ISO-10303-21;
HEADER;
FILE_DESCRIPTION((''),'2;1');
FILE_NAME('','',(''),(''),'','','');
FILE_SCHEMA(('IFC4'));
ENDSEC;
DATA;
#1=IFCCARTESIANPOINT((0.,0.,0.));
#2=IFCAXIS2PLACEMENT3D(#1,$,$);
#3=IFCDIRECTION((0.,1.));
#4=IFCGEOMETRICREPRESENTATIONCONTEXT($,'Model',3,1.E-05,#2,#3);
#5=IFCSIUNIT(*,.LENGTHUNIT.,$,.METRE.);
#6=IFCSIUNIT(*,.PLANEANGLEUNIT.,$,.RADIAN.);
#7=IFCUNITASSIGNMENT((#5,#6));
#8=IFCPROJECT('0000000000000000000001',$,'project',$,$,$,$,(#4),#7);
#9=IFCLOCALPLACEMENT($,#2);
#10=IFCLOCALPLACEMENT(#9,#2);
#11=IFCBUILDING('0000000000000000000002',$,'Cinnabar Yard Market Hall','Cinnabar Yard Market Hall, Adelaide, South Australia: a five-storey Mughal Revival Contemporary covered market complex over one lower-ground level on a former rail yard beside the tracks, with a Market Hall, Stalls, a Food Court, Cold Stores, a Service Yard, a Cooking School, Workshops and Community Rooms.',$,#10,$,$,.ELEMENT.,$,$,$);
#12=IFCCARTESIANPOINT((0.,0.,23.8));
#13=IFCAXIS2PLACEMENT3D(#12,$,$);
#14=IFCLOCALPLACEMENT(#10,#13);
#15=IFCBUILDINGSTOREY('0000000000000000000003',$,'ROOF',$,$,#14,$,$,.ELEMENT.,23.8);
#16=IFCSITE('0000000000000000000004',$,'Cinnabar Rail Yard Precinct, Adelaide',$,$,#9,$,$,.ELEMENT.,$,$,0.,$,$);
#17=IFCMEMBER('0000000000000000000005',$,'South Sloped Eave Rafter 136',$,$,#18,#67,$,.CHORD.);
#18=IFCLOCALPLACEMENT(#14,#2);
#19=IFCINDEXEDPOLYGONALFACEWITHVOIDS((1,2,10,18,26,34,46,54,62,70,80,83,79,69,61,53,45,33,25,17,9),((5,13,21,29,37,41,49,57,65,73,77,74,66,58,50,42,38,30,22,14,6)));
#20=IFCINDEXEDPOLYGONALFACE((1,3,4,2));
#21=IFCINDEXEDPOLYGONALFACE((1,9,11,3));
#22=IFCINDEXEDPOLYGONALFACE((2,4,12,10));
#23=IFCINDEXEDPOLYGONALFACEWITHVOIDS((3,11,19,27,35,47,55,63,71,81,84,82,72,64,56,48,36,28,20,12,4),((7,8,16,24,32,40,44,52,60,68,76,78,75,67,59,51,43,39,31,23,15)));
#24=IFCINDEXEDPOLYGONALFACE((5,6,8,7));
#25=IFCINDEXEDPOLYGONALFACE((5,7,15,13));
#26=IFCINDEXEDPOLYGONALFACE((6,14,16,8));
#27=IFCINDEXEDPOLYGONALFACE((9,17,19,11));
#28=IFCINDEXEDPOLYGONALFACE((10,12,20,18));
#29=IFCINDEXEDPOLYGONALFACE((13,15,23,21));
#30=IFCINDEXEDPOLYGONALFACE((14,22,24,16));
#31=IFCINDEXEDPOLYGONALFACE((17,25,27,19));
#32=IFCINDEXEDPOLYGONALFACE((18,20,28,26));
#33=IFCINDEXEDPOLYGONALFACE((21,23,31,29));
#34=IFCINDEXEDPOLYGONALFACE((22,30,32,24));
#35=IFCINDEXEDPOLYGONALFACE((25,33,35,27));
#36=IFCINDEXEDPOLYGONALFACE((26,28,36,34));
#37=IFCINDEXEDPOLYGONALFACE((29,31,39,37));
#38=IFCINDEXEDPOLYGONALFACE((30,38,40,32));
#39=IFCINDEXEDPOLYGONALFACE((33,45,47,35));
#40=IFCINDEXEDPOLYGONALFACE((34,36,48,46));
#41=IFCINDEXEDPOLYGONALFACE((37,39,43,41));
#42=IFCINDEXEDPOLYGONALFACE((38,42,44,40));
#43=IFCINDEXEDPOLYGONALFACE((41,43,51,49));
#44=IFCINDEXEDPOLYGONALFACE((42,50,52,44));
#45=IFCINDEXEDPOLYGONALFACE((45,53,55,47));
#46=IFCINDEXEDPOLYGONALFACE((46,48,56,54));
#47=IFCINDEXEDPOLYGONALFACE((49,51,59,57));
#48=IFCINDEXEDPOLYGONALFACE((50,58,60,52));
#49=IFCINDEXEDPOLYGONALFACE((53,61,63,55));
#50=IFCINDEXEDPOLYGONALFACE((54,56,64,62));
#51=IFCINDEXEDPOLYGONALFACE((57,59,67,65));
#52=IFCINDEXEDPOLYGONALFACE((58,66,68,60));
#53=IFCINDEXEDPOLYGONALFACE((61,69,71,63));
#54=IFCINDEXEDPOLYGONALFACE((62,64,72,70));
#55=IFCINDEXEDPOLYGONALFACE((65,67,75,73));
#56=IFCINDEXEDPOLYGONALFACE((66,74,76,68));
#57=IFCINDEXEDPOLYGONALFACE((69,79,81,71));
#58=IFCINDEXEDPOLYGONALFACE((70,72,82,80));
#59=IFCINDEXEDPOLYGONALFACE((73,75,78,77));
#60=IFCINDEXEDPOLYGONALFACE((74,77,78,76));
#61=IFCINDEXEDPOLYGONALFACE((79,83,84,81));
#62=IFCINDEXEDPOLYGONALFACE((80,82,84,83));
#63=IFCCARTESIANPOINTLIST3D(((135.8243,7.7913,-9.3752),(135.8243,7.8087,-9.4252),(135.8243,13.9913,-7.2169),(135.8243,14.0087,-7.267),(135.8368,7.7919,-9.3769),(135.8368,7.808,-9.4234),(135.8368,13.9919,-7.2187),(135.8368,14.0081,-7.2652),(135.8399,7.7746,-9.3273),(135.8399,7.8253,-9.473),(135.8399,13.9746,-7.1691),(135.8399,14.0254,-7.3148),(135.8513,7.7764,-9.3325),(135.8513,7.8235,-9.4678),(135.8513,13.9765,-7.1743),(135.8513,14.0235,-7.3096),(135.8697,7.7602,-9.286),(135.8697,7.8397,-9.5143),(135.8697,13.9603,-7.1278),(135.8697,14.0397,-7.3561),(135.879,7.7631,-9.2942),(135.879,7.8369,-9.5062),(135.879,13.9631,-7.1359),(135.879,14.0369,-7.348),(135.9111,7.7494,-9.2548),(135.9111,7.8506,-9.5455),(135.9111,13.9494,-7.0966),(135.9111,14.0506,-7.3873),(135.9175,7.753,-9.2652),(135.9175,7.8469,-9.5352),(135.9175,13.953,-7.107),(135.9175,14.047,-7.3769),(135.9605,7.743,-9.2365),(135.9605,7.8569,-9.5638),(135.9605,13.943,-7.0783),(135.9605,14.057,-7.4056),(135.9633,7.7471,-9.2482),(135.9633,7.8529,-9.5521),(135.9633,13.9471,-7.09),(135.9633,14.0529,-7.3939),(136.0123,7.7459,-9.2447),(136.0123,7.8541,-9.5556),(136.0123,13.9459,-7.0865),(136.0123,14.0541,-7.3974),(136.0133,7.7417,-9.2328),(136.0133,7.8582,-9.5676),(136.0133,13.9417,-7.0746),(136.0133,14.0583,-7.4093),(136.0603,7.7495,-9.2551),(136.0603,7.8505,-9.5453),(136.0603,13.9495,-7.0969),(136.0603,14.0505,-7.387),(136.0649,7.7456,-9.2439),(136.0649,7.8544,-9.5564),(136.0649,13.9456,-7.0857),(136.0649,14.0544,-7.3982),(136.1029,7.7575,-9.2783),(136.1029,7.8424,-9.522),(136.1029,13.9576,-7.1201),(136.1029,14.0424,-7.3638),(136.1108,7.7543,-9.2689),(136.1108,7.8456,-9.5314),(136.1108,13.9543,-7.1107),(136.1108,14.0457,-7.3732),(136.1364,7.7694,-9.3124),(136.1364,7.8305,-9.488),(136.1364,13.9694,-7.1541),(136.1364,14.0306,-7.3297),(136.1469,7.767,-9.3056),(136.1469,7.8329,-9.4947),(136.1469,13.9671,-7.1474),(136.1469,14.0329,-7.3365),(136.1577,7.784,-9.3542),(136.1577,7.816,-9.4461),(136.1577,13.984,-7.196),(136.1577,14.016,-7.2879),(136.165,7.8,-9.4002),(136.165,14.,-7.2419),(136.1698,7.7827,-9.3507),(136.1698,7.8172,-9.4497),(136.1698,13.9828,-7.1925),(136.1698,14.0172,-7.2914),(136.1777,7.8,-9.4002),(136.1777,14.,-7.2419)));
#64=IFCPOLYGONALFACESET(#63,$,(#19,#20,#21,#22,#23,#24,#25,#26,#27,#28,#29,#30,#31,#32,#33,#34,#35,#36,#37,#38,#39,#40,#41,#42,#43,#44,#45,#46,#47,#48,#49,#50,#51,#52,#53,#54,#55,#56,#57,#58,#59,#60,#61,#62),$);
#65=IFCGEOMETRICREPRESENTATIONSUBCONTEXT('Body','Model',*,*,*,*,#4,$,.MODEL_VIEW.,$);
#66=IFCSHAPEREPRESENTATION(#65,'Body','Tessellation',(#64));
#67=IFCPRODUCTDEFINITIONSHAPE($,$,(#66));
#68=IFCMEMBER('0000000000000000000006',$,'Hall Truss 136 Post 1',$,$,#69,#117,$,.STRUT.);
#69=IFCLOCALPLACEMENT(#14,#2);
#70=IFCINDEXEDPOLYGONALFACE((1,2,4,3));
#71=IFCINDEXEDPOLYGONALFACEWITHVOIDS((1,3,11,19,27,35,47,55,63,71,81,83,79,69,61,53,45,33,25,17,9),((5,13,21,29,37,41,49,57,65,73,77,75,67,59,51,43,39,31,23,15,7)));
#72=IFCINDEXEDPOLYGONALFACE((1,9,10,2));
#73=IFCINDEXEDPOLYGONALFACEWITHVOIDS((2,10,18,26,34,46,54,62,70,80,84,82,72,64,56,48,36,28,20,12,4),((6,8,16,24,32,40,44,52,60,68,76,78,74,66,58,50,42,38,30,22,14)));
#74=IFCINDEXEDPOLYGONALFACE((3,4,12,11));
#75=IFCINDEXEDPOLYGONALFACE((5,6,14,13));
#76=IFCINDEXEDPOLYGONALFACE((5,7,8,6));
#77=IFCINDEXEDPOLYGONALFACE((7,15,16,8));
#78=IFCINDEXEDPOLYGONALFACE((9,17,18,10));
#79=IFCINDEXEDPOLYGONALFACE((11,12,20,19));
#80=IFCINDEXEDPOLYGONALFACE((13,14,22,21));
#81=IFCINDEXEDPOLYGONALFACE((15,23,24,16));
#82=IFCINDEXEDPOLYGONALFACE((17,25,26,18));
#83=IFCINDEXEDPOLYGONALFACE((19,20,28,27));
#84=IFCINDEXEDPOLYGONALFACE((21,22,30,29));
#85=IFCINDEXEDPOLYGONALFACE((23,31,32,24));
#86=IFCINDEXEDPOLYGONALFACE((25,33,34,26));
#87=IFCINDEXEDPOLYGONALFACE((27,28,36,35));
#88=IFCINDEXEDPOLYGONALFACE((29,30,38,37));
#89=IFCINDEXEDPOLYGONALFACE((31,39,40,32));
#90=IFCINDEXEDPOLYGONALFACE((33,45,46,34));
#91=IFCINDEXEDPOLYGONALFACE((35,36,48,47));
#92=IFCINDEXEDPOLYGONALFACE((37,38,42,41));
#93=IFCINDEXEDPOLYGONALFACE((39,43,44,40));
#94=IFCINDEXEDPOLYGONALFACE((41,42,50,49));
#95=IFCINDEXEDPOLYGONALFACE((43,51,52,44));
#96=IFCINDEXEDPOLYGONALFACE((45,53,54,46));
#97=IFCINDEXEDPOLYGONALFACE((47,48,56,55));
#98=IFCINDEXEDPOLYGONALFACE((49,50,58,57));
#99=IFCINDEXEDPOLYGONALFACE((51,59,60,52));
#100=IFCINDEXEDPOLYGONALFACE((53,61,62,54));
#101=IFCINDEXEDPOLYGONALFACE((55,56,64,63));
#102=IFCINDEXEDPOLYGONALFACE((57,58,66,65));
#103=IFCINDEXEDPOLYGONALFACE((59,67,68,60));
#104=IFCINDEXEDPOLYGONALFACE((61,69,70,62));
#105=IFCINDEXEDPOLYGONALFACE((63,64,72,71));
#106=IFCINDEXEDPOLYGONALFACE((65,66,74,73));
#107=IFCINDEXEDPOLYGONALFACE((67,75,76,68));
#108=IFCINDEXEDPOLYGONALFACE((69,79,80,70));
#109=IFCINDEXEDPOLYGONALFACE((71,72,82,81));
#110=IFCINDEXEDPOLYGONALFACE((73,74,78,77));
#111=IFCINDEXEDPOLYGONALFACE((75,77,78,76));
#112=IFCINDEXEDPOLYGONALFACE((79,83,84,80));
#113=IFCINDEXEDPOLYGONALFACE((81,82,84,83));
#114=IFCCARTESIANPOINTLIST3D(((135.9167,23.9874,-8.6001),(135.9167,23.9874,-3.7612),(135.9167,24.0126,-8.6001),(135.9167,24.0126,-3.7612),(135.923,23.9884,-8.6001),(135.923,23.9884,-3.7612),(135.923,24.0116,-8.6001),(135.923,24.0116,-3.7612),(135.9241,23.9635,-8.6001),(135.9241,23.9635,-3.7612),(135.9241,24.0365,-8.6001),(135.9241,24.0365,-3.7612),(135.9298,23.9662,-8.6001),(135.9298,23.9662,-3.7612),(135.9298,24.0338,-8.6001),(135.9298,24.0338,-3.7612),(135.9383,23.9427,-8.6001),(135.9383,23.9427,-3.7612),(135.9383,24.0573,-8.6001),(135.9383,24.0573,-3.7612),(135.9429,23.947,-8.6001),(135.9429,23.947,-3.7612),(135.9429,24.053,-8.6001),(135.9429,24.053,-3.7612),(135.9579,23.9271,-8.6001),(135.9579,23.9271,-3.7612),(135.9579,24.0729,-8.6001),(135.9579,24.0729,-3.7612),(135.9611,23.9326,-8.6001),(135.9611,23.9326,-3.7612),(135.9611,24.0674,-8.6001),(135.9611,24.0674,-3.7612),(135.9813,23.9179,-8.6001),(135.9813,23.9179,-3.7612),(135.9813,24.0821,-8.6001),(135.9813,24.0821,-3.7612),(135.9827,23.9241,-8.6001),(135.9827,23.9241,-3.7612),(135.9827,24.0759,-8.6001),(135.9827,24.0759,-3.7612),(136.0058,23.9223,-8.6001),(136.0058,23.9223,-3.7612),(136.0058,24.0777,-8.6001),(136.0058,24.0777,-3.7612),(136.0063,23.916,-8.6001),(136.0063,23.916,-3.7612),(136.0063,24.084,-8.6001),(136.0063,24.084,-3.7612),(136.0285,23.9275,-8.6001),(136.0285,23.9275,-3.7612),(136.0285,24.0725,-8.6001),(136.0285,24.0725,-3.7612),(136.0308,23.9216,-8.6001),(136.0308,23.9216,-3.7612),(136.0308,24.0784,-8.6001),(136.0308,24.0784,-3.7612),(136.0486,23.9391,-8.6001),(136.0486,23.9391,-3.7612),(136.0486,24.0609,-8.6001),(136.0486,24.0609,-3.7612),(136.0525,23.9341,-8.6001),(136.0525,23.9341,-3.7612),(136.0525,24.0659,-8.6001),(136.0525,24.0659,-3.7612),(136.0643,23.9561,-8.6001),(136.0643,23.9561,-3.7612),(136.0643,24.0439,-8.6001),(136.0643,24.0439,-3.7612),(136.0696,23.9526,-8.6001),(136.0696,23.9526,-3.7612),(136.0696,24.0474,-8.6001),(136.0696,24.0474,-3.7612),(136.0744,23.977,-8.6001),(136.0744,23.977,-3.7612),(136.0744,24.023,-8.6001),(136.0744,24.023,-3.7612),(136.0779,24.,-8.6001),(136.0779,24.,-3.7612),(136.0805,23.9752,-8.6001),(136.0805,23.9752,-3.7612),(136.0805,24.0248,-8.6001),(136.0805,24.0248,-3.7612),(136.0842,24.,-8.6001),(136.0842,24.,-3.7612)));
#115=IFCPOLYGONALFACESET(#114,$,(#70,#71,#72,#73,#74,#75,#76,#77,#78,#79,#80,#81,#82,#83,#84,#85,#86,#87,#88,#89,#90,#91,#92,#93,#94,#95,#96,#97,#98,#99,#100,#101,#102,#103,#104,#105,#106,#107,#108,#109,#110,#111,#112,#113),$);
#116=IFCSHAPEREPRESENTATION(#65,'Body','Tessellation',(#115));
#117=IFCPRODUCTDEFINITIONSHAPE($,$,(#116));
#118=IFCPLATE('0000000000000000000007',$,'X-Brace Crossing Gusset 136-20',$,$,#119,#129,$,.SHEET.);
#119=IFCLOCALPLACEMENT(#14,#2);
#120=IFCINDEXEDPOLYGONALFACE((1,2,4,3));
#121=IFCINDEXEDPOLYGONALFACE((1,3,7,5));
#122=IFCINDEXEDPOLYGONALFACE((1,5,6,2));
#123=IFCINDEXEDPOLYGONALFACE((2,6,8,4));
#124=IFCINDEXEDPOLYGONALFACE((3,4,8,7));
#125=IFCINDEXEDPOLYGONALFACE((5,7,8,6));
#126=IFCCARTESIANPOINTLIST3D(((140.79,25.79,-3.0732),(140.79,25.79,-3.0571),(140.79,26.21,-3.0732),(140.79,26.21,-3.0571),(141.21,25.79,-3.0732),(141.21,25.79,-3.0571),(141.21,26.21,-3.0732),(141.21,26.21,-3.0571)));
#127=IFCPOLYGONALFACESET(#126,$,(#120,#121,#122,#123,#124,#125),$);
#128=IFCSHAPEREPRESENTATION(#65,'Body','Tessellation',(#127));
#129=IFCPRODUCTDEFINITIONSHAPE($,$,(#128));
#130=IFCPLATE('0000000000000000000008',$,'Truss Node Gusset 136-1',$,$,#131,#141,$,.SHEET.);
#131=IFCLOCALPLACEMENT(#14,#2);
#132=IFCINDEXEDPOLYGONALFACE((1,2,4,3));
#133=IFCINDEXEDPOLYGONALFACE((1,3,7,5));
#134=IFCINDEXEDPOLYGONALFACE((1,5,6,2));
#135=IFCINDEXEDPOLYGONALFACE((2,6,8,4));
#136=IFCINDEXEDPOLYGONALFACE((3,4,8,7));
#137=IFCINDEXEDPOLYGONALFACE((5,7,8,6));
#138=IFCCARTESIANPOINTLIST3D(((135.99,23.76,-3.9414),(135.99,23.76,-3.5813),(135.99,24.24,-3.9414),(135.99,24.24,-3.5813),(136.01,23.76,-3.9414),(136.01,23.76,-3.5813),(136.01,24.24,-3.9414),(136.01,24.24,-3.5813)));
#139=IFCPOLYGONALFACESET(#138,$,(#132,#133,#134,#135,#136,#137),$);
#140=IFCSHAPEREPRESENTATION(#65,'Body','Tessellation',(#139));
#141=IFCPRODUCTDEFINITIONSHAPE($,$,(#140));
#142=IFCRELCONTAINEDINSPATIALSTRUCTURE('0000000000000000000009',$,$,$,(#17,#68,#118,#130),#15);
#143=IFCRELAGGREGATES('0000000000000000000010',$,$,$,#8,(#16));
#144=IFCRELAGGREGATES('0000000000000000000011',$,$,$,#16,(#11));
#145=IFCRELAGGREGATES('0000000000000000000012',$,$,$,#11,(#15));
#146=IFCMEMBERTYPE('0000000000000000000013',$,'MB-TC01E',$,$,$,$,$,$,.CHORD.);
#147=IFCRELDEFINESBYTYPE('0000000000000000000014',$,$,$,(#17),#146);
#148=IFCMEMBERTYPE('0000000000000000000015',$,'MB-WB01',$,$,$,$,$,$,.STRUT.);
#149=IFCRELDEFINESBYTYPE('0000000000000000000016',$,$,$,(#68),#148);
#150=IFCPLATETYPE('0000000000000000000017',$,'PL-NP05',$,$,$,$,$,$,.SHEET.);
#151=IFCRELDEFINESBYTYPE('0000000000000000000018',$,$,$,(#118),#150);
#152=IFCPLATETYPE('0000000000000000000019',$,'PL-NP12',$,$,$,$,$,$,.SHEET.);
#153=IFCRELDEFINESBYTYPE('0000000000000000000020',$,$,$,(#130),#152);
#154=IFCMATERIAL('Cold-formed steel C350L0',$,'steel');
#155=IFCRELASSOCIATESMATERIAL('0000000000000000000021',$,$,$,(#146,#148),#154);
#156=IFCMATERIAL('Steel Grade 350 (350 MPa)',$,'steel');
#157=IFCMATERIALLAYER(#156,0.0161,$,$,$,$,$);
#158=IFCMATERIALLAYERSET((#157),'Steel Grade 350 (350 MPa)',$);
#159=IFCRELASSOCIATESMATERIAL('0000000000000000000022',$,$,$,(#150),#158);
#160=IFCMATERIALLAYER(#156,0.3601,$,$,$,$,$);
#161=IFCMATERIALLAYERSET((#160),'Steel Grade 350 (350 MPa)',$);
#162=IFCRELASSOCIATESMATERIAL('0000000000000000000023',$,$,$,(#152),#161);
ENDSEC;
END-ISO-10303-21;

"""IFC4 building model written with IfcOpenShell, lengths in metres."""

from ifc_helpers import new_model, si_unit, direction, frame, origin, origin_2d_with_axis, place, context, subcontext, project, spatial, rectangle, hollow_circle, extrude, material, layer, layer_set, material_profile, profile_set, type_object, element, save


model = new_model("IFC4")

# Units and contexts
model_context = context("Model", 3, precision=1e-05, world=origin(), true_north=direction((0.0, 1.0)))
body_context = subcontext(model_context, "Body", "Model", "MODEL_VIEW")
ifc_project = project(units=[si_unit("LENGTHUNIT", "METRE"), si_unit("PLANEANGLEUNIT", "RADIAN")], contexts=[model_context])

# Site, building, storey
site_placement = place(None, origin())
site = spatial("IfcSite", under=ifc_project, at=site_placement, Name="Cinnabar Rail Yard Precinct, Adelaide", CompositionType="ELEMENT", RefElevation=0.0)
building_placement = place(site_placement, origin())
building = spatial("IfcBuilding", under=site, at=building_placement, Name="Cinnabar Yard Market Hall", Description="Cinnabar Yard Market Hall, Adelaide, South Australia: a five-storey Mughal Revival Contemporary covered market complex over one lower-ground level on a former rail yard beside the tracks, with a Market Hall, Stalls, a Food Court, Cold Stores, a Service Yard, a Cooking School, Workshops and Community Rooms.", CompositionType="ELEMENT")
storey_placement = place(building_placement, frame((0.0, 0.0, 23.8)))
storey = spatial("IfcBuildingStorey", under=building, at=storey_placement, Name="ROOF", CompositionType="ELEMENT", Elevation=23.8)

# Shared definitions
ifc_material_1 = material(Name="Steel Grade 350 (350 MPa)", Category="steel")
ifc_material_2 = material(Name="Cold-formed steel C350L0", Category="steel")

# Members
ifc_material_profile_1 = material_profile(ifc_material_2, hollow_circle(Radius=0.1777, WallThickness=0.0127, at=origin_2d_with_axis()), Name="355.6x12.7CHS")
ifc_profile_set_1 = profile_set([ifc_material_profile_1], Name="Cold-formed steel C350L0")
member_type_1 = type_object("IfcMemberType", Name="MB-TC01E", PredefinedType="CHORD", material=ifc_profile_set_1)
member_1_placement = place(storey_placement, frame((136.0, 14.0, -7.2419), z_axis=(0.0, -0.944416, -0.328751), x_axis=(1.0, 0.0, 0.0)))
element("IfcMember", 1, at=member_1_placement, inside=storey, type_object=member_type_1, Name="South Sloped Eave Rafter 136", PredefinedType="CHORD", context=body_context, shape_type="SweptSolid", body=[
    extrude(hollow_circle(Radius=0.1777, WallThickness=0.0127, at=origin_2d_with_axis()), origin(), (0.0, 0.0, 1.0), 6.5649),
])
ifc_material_profile_2 = material_profile(ifc_material_2, hollow_circle(Radius=0.0842, WallThickness=0.0063, at=origin_2d_with_axis()), Name="168.3x6.4CHS")
ifc_profile_set_2 = profile_set([ifc_material_profile_2], Name="Cold-formed steel C350L0")
member_type_2 = type_object("IfcMemberType", Name="MB-WB01", PredefinedType="STRUT", material=ifc_profile_set_2)
member_2_placement = place(storey_placement, frame((136.0, 24.0, -8.6001), z_axis=(0.0, 0.0, 1.0), x_axis=(1.0, 0.0, 0.0)))
element("IfcMember", 2, at=member_2_placement, inside=storey, type_object=member_type_2, Name="Hall Truss 136 Post 1", PredefinedType="STRUT", context=body_context, shape_type="SweptSolid", body=[
    extrude(hollow_circle(Radius=0.0842, WallThickness=0.0063, at=origin_2d_with_axis()), origin(), (0.0, 0.0, 1.0), 4.8389),
])

# Plates
ifc_layer_1 = layer(ifc_material_1, 0.0161)
ifc_layer_set_1 = layer_set([ifc_layer_1], Name="Steel Grade 350 (350 MPa)")
plate_type_1 = type_object("IfcPlateType", Name="PL-NP05", PredefinedType="SHEET", material=ifc_layer_set_1)
plate_1_placement = place(storey_placement, frame((141.0, 26.0, -3.0732), z_axis=(0.0, 0.0, 1.0), x_axis=(1.0, 0.0, 0.0)))
element("IfcPlate", 3, at=plate_1_placement, inside=storey, type_object=plate_type_1, Name="X-Brace Crossing Gusset 136-20", PredefinedType="SHEET", context=body_context, shape_type="SweptSolid", body=[
    extrude(rectangle(XDim=0.4199, YDim=0.4199, at=origin_2d_with_axis()), origin(), (0.0, 0.0, 1.0), 0.0161),
])
ifc_layer_2 = layer(ifc_material_1, 0.3601)
ifc_layer_set_2 = layer_set([ifc_layer_2], Name="Steel Grade 350 (350 MPa)")
plate_type_2 = type_object("IfcPlateType", Name="PL-NP12", PredefinedType="SHEET", material=ifc_layer_set_2)
plate_2_placement = place(storey_placement, frame((136.0, 24.0, -3.9414), z_axis=(0.0, 0.0, 1.0), x_axis=(1.0, 0.0, 0.0)))
element("IfcPlate", 4, at=plate_2_placement, inside=storey, type_object=plate_type_2, Name="Truss Node Gusset 136-1", PredefinedType="SHEET", context=body_context, shape_type="SweptSolid", body=[
    extrude(rectangle(XDim=0.02, YDim=0.48, at=origin_2d_with_axis()), origin(), (0.0, 0.0, 1.0), 0.3601),
])

save(model, "model.ifc")
